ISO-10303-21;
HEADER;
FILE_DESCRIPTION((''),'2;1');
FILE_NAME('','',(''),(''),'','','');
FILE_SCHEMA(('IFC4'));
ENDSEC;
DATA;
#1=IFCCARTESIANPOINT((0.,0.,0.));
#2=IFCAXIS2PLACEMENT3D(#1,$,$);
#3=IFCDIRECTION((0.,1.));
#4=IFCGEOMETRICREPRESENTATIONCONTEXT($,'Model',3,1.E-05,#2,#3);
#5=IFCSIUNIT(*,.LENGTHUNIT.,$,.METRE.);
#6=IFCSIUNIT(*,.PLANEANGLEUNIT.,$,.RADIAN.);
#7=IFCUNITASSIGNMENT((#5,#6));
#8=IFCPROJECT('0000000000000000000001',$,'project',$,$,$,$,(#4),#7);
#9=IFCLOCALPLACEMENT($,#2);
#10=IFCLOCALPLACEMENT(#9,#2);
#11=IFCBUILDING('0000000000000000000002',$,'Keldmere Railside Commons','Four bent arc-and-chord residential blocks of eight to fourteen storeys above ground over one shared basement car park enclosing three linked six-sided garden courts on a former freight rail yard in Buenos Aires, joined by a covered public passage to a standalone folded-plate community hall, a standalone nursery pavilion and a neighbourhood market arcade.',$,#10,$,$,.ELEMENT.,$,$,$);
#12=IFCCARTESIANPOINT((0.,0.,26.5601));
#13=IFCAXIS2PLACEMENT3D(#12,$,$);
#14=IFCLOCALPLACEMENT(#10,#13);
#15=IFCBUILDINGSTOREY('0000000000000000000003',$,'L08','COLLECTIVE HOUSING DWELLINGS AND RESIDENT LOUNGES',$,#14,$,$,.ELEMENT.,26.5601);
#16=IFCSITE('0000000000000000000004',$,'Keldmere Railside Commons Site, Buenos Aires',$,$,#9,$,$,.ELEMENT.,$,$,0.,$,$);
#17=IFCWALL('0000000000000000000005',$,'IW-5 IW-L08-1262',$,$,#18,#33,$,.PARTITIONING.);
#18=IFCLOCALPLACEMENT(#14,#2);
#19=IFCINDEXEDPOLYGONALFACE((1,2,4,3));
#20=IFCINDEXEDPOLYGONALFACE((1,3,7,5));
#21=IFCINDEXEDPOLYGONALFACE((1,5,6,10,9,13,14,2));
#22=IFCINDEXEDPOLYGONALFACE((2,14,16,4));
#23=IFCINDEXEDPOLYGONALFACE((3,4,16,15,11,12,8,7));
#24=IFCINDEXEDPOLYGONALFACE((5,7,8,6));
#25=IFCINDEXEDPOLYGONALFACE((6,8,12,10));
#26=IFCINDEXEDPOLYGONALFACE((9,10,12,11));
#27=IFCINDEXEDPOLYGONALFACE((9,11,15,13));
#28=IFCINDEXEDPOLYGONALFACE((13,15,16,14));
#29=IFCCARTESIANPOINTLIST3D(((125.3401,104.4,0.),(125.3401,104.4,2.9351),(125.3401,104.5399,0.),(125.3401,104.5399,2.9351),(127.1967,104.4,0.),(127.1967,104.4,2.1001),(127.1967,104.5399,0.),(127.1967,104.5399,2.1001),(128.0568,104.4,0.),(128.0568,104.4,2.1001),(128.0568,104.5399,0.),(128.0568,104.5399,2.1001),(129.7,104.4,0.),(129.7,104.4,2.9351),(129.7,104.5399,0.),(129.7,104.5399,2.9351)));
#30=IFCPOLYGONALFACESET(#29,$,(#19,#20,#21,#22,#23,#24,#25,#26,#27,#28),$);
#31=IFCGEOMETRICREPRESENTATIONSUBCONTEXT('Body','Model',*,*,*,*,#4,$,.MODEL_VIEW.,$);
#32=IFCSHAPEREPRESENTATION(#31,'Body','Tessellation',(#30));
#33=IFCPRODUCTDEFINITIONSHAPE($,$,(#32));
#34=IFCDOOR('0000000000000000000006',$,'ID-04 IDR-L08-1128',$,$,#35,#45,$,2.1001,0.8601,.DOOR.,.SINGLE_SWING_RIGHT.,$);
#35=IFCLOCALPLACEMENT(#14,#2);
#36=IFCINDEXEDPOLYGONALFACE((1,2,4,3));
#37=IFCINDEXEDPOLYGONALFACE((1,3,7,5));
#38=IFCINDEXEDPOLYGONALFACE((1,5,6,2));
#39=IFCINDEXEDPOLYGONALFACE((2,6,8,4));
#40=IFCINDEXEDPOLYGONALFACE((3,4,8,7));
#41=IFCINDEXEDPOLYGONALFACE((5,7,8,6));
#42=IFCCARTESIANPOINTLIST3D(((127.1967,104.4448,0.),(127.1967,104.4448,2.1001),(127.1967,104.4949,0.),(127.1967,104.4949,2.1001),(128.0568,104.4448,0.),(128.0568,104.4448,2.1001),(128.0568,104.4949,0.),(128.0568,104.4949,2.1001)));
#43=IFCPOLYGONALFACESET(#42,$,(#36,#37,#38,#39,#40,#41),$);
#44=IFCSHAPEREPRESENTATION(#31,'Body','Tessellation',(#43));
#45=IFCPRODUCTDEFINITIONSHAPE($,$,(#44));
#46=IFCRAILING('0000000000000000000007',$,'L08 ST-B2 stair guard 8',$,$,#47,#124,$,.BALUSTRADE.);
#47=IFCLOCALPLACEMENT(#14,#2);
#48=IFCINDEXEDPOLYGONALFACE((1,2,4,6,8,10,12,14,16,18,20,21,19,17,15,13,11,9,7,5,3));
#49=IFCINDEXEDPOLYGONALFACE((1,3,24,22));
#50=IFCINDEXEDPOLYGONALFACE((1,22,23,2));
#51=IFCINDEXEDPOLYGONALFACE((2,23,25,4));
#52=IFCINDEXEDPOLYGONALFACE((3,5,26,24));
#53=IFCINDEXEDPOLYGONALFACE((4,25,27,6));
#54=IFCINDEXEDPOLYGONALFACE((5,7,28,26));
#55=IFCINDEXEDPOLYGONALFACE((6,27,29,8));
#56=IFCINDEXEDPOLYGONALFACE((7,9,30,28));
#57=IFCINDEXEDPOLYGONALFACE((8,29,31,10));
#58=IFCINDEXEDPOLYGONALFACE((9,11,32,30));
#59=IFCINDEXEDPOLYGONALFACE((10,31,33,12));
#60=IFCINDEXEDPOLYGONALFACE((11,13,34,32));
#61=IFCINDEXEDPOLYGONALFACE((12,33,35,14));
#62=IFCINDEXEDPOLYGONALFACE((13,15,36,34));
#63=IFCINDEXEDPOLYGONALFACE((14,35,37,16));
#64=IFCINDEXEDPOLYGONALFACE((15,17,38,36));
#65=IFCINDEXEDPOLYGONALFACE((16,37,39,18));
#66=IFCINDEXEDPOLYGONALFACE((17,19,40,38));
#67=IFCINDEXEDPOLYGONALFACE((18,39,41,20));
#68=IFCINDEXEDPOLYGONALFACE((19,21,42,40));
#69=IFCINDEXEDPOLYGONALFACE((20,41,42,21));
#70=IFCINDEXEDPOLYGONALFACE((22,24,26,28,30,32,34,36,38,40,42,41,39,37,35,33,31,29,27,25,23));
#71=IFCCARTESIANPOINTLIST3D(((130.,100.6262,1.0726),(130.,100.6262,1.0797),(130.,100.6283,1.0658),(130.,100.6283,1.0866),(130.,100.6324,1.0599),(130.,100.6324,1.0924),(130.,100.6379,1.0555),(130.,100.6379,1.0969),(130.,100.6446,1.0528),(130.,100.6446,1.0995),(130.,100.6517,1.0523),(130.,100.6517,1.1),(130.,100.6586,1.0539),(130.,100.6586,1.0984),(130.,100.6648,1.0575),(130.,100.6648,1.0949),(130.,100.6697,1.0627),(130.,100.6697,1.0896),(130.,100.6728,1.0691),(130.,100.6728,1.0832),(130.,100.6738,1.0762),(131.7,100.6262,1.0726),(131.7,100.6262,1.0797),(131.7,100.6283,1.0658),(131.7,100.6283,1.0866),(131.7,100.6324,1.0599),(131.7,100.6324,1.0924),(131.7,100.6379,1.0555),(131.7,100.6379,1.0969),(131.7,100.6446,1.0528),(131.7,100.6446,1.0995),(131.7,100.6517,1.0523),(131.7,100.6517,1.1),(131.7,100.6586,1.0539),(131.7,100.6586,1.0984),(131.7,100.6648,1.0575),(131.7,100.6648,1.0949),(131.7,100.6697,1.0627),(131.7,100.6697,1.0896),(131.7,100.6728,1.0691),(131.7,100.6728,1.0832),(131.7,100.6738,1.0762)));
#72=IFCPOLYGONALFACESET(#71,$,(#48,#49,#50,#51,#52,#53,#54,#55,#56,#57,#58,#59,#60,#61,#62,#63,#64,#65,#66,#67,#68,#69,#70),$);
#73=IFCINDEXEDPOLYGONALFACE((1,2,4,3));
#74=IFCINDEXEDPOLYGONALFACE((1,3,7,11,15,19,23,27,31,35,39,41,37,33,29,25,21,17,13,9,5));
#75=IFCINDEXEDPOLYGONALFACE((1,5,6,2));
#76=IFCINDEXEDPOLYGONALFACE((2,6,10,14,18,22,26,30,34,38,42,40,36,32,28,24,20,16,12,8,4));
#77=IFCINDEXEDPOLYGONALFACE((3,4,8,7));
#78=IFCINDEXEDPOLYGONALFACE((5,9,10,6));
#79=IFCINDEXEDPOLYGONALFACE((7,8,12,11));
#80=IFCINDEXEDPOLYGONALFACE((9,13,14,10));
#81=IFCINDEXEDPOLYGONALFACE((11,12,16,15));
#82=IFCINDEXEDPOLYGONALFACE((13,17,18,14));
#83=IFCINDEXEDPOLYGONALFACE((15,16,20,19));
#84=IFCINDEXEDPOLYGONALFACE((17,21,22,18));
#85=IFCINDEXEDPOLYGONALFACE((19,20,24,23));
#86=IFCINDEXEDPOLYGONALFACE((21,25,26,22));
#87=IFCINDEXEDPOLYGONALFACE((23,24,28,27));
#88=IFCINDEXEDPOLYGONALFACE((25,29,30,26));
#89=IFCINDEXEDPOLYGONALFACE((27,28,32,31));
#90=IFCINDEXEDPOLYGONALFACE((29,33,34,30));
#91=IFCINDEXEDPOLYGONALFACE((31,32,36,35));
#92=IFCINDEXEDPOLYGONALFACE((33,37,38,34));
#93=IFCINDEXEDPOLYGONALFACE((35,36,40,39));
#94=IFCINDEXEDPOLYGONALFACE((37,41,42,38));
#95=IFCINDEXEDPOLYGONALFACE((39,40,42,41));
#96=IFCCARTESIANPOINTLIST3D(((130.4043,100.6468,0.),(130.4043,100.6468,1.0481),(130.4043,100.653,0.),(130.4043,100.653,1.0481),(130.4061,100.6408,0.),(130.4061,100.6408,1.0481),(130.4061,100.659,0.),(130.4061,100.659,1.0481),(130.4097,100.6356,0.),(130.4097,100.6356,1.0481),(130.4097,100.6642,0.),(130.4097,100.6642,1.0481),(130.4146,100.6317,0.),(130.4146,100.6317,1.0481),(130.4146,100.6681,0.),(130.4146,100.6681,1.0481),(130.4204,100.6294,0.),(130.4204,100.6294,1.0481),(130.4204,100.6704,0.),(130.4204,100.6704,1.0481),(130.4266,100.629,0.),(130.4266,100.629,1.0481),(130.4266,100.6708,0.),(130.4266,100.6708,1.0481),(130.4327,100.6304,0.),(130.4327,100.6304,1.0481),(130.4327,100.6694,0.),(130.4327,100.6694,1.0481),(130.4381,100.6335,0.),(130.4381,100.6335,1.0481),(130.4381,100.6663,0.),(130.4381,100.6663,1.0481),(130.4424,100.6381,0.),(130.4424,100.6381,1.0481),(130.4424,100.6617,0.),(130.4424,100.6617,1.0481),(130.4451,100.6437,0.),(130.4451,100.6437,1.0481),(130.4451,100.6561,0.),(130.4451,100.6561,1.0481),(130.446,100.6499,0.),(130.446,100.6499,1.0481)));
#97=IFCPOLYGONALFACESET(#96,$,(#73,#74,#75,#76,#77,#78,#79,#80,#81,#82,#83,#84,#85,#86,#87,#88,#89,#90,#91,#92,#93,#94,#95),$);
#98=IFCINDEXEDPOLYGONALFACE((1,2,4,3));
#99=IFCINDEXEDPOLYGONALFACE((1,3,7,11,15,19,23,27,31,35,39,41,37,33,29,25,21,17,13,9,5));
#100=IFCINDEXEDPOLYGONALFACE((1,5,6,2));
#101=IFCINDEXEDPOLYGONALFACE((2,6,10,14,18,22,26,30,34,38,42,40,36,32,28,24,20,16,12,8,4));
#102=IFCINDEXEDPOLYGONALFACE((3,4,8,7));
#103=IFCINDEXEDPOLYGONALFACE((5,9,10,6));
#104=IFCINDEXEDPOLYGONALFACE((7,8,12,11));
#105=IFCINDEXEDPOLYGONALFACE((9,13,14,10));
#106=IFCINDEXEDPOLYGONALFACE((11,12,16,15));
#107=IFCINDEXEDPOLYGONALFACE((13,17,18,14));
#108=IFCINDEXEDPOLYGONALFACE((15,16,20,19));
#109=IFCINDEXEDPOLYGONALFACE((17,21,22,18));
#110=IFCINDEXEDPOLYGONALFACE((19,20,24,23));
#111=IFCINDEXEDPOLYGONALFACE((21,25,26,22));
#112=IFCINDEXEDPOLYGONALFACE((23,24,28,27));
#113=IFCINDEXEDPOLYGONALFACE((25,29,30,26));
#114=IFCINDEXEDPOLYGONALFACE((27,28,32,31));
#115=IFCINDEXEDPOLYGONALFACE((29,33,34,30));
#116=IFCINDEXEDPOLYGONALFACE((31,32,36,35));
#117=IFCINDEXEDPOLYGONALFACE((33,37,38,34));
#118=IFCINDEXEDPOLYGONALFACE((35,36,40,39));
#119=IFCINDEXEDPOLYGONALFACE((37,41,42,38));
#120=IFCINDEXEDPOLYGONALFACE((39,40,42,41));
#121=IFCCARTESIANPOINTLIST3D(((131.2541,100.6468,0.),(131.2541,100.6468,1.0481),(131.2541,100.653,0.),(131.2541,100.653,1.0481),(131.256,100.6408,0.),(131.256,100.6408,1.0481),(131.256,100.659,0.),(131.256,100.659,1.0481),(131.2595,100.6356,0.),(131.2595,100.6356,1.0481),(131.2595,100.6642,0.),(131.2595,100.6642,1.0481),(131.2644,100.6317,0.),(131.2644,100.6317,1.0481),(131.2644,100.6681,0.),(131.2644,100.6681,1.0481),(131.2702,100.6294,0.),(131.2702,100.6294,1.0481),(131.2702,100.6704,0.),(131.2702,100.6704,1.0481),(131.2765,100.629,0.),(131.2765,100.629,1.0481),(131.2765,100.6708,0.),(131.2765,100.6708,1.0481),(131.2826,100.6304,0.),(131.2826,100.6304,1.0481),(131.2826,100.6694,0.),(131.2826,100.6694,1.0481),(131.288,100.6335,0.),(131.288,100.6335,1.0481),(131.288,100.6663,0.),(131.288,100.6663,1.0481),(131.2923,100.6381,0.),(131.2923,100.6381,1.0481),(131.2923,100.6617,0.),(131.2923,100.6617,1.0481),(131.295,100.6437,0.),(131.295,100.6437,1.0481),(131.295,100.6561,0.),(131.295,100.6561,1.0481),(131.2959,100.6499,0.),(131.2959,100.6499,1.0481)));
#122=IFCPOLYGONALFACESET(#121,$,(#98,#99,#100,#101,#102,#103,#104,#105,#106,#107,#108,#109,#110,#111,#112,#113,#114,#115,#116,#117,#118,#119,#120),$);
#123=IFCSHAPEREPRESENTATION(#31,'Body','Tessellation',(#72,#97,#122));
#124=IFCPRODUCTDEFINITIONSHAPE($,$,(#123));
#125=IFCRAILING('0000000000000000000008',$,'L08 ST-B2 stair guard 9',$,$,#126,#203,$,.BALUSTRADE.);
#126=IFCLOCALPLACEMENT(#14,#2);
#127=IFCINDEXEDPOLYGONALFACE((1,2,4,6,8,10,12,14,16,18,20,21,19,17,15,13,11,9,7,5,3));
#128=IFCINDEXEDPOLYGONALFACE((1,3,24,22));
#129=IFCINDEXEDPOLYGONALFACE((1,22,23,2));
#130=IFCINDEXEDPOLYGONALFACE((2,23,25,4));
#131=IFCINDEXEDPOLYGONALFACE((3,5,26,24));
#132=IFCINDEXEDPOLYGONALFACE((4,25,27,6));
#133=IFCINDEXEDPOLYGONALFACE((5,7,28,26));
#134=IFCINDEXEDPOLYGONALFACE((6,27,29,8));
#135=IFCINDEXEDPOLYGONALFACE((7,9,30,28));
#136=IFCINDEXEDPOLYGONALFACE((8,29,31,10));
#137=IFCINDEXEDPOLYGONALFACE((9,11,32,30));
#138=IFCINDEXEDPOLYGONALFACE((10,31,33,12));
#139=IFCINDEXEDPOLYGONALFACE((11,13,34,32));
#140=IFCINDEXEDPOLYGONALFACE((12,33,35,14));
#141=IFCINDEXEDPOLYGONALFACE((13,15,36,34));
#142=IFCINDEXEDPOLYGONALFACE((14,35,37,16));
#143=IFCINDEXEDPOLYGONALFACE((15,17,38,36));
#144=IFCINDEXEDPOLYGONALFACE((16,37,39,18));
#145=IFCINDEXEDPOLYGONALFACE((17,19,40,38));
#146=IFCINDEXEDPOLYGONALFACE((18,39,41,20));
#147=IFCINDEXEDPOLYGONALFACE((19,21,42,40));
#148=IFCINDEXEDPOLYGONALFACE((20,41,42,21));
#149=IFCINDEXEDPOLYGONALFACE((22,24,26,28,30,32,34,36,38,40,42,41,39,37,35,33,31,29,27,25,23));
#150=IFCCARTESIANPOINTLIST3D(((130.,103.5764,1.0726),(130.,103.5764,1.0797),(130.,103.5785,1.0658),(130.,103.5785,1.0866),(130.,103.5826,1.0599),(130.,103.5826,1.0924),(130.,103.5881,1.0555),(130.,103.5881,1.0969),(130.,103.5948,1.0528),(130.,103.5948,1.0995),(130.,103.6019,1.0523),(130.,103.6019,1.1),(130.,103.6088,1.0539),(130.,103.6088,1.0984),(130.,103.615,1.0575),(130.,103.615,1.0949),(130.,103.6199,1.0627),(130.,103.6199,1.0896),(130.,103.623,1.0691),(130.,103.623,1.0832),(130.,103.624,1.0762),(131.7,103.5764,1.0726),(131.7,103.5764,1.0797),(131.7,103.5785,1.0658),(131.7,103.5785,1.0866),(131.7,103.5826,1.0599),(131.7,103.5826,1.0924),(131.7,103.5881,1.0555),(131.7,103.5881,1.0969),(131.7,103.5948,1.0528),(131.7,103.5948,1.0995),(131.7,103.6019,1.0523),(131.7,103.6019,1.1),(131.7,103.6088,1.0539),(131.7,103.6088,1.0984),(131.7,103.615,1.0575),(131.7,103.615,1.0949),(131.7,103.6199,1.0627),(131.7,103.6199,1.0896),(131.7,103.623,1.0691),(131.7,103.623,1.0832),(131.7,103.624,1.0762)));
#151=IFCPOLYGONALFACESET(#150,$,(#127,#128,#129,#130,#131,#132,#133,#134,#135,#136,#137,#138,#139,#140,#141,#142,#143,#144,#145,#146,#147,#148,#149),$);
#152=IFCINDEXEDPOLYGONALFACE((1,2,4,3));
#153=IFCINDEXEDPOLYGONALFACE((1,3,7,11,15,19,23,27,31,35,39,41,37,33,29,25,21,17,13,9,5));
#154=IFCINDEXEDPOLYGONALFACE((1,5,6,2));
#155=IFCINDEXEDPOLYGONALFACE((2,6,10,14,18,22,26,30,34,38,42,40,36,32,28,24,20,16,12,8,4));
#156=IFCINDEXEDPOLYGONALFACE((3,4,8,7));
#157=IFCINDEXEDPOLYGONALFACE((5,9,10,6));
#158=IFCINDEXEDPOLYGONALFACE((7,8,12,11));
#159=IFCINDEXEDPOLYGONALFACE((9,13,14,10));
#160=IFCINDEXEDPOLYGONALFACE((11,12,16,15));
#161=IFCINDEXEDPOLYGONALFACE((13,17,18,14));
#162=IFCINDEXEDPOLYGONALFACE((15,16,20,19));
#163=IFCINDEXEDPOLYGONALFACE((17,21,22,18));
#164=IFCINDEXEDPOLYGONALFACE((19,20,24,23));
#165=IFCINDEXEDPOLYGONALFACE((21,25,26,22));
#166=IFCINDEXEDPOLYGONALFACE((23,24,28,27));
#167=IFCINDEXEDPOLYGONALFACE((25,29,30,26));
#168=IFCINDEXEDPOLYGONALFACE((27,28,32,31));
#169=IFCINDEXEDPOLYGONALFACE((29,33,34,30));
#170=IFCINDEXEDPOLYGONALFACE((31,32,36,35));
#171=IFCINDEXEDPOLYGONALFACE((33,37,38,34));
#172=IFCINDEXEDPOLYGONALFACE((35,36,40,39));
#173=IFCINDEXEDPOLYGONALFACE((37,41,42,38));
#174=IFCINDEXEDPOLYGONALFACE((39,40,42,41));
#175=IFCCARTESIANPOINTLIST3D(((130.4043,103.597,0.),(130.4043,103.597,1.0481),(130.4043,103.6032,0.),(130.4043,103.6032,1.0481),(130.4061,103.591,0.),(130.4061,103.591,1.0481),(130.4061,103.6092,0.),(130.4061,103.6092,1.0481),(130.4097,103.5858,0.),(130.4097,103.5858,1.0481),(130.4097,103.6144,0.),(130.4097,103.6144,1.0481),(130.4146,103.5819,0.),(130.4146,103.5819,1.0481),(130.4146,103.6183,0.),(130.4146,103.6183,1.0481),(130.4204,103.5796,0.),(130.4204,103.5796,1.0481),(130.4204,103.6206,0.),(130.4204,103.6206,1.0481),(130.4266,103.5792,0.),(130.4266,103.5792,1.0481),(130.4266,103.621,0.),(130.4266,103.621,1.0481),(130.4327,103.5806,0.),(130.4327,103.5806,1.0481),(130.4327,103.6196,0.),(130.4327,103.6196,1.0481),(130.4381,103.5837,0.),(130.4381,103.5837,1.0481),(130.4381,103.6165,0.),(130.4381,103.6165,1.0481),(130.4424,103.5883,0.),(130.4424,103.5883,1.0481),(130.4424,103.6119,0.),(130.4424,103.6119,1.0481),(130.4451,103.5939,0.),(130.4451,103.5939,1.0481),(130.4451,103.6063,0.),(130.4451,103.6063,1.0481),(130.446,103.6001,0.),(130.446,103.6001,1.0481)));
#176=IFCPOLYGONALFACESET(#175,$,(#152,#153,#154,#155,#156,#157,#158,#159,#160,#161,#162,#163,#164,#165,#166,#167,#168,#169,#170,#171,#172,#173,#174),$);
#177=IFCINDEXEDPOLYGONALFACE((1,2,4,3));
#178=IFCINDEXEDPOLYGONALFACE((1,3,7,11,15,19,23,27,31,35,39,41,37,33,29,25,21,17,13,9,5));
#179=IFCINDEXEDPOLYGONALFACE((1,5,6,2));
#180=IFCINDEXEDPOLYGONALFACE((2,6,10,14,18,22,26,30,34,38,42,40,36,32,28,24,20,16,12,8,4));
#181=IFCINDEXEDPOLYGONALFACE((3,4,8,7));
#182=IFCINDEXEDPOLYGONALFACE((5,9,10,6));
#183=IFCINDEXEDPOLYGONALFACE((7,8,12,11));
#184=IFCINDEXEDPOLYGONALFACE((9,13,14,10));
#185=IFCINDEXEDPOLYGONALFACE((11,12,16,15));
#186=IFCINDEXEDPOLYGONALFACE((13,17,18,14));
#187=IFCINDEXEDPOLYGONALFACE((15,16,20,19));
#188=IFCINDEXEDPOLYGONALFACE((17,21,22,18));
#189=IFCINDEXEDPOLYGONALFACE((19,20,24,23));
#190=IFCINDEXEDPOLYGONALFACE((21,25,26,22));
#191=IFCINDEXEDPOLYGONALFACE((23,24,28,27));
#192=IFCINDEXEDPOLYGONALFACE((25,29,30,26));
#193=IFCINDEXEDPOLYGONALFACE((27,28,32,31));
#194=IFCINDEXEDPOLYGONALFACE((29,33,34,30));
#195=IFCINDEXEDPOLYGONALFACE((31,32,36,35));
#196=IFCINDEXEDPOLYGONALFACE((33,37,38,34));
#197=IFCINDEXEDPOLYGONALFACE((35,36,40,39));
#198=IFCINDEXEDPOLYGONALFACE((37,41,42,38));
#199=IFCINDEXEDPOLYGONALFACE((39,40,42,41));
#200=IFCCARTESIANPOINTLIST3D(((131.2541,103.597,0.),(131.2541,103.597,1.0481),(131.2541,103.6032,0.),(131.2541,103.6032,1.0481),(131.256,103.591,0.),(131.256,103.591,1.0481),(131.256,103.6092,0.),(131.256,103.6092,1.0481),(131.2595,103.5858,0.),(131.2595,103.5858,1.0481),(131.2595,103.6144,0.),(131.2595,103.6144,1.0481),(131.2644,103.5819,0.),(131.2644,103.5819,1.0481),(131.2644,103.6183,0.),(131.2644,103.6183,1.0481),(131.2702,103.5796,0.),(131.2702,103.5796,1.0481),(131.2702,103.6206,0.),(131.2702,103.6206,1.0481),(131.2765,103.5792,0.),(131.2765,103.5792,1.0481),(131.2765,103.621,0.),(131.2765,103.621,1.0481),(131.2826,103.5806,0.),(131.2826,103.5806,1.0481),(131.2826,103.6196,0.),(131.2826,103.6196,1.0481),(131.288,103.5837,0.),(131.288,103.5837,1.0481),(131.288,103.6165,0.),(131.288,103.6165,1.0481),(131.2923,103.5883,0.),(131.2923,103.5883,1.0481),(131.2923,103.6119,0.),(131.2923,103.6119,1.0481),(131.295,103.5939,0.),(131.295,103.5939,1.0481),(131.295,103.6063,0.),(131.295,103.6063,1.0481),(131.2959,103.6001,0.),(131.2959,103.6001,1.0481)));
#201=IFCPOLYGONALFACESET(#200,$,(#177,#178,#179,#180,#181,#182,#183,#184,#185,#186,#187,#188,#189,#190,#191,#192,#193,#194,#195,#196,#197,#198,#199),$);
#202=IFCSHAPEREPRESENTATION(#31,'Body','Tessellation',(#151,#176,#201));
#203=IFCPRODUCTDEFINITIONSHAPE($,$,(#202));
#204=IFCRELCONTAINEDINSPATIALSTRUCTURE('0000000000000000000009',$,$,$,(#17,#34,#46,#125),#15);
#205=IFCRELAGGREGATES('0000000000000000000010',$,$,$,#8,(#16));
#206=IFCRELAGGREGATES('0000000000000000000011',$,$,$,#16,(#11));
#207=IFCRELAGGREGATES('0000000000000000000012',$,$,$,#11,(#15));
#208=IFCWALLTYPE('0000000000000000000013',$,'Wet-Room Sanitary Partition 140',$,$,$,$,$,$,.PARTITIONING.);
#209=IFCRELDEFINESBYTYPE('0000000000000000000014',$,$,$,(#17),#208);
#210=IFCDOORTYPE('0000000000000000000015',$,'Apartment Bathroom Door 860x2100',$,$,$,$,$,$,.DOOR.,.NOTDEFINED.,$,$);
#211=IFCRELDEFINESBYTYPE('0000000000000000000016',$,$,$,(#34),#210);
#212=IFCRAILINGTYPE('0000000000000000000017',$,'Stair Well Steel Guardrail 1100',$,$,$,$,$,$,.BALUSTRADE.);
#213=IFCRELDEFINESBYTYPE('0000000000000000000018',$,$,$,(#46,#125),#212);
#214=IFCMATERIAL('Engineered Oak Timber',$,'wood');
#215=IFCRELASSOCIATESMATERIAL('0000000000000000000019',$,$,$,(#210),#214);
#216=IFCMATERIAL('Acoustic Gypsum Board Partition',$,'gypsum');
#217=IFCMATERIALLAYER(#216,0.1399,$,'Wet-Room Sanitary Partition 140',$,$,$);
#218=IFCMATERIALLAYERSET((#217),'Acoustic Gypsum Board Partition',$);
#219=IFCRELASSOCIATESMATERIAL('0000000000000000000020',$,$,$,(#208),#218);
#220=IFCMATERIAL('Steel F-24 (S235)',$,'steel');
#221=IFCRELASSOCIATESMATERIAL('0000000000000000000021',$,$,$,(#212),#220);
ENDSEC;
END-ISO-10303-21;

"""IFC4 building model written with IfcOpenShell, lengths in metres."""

from ifc_helpers import new_model, si_unit, direction, frame, frame_2d, origin, origin_2d, place, context, subcontext, project, spatial, rectangle, circle, extrude, material, layer, layer_set, type_object, element, fill, save


model = new_model("IFC4")

# Units and contexts
model_context = context("Model", 3, precision=1e-05, world=origin(), true_north=direction((0.0, 1.0)))
body_context = subcontext(model_context, "Body", "Model", "MODEL_VIEW")
ifc_project = project(units=[si_unit("LENGTHUNIT", "METRE"), si_unit("PLANEANGLEUNIT", "RADIAN")], contexts=[model_context])

# Site, building, storey
site_placement = place(None, origin())
site = spatial("IfcSite", under=ifc_project, at=site_placement, Name="Keldmere Railside Commons Site, Buenos Aires", CompositionType="ELEMENT", RefElevation=0.0)
building_placement = place(site_placement, origin())
building = spatial("IfcBuilding", under=site, at=building_placement, Name="Keldmere Railside Commons", Description="Four bent arc-and-chord residential blocks of eight to fourteen storeys above ground over one shared basement car park enclosing three linked six-sided garden courts on a former freight rail yard in Buenos Aires, joined by a covered public passage to a standalone folded-plate community hall, a standalone nursery pavilion and a neighbourhood market arcade.", CompositionType="ELEMENT")
storey_placement = place(building_placement, frame((0.0, 0.0, 26.5601)))
storey = spatial("IfcBuildingStorey", under=building, at=storey_placement, Name="L08", Description="COLLECTIVE HOUSING DWELLINGS AND RESIDENT LOUNGES", CompositionType="ELEMENT", Elevation=26.5601)

# Shared definitions
ifc_material_1 = material(Name="Acoustic Gypsum Board Partition", Category="gypsum")
ifc_material_2 = material(Name="Engineered Oak Timber", Category="wood")
door_type_1 = type_object("IfcDoorType", Name="Apartment Bathroom Door 860x2100", OperationType="NOTDEFINED", PredefinedType="DOOR", material=ifc_material_2)

# Wall, opening, door
ifc_layer_1 = layer(ifc_material_1, 0.1399, Name="Wet-Room Sanitary Partition 140")
ifc_layer_set_1 = layer_set([ifc_layer_1], Name="Acoustic Gypsum Board Partition")
wall_type_1 = type_object("IfcWallType", Name="Wet-Room Sanitary Partition 140", PredefinedType="PARTITIONING", material=ifc_layer_set_1)
wall_1_placement = place(storey_placement, frame((125.3401, 104.47, 0.0), z_axis=(0.0, 0.0, 1.0), x_axis=(1.0, 0.0, 0.0)))
wall_1 = element("IfcWall", 1, at=wall_1_placement, inside=storey, type_object=wall_type_1, Name="IW-5 IW-L08-1262", PredefinedType="PARTITIONING", context=body_context, shape_type="SweptSolid", body=[
    extrude(rectangle(XDim=4.3599, YDim=0.1399, at=frame_2d((2.1799, 0.0))), origin(), (0.0, 0.0, 1.0), 2.9351),
])
opening_1_placement = place(wall_1_placement, frame((1.8564, 0.0, 0.0)))
opening_1 = element("IfcOpeningElement", 2, at=opening_1_placement, cuts=wall_1, PredefinedType="OPENING", context=body_context, shape_type="SweptSolid", body=[
    extrude(rectangle(XDim=0.8601, YDim=2.1001, at=frame_2d((0.4302, 1.05))), frame((0.0, 0.0798, 0.0), z_axis=(0.0, -1.0, 0.0), x_axis=(1.0, 0.0, 0.0)), (0.0, 0.0, 1.0), 0.1599),
])
door_1_placement = place(opening_1_placement, origin())
door_1 = element("IfcDoor", 3, at=door_1_placement, inside=storey, type_object=door_type_1, Name="ID-04 IDR-L08-1128", OperationType="SINGLE_SWING_RIGHT", OverallHeight=2.1001, OverallWidth=0.8601, PredefinedType="DOOR", context=body_context, shape_type="SweptSolid", body=[
    extrude(rectangle(XDim=0.8601, YDim=2.1001, at=frame_2d((0.4302, 1.05))), frame((0.0, 0.0249, 0.0), z_axis=(0.0, -1.0, 0.0), x_axis=(1.0, 0.0, 0.0)), (0.0, 0.0, 1.0), 0.05),
])
fill(opening_1, door_1)

# Railings
ifc_material_3 = material(Name="Steel F-24 (S235)", Category="steel")
railing_type = type_object("IfcRailingType", Name="Stair Well Steel Guardrail 1100", PredefinedType="BALUSTRADE", material=ifc_material_3)
for number, where, name in (
    (4, (130.0, 100.6499, 0.0), "L08 ST-B2 stair guard 8"),
    (5, (130.0, 103.6001, 0.0), "L08 ST-B2 stair guard 9"),
):
    element("IfcRailing", number, at=place(storey_placement, frame(where)), inside=storey, type_object=railing_type, Name=name, PredefinedType="BALUSTRADE", context=body_context, shape_type="SweptSolid", body=[
        extrude(circle(Radius=0.0239, at=origin_2d()), frame((0.0, 0.0, 1.0762), z_axis=(1.0, 0.0, 0.0), x_axis=(0.0, 1.0, 0.0)), (0.0, 0.0, 1.0), 1.7),
        extrude(circle(Radius=0.021, at=origin_2d()), frame((0.425, 0.0, 0.0)), (0.0, 0.0, 1.0), 1.0481),
        extrude(circle(Radius=0.021, at=origin_2d()), frame((1.2749, 0.0, 0.0)), (0.0, 0.0, 1.0), 1.0481),
    ])

save(model, "model.ifc")
